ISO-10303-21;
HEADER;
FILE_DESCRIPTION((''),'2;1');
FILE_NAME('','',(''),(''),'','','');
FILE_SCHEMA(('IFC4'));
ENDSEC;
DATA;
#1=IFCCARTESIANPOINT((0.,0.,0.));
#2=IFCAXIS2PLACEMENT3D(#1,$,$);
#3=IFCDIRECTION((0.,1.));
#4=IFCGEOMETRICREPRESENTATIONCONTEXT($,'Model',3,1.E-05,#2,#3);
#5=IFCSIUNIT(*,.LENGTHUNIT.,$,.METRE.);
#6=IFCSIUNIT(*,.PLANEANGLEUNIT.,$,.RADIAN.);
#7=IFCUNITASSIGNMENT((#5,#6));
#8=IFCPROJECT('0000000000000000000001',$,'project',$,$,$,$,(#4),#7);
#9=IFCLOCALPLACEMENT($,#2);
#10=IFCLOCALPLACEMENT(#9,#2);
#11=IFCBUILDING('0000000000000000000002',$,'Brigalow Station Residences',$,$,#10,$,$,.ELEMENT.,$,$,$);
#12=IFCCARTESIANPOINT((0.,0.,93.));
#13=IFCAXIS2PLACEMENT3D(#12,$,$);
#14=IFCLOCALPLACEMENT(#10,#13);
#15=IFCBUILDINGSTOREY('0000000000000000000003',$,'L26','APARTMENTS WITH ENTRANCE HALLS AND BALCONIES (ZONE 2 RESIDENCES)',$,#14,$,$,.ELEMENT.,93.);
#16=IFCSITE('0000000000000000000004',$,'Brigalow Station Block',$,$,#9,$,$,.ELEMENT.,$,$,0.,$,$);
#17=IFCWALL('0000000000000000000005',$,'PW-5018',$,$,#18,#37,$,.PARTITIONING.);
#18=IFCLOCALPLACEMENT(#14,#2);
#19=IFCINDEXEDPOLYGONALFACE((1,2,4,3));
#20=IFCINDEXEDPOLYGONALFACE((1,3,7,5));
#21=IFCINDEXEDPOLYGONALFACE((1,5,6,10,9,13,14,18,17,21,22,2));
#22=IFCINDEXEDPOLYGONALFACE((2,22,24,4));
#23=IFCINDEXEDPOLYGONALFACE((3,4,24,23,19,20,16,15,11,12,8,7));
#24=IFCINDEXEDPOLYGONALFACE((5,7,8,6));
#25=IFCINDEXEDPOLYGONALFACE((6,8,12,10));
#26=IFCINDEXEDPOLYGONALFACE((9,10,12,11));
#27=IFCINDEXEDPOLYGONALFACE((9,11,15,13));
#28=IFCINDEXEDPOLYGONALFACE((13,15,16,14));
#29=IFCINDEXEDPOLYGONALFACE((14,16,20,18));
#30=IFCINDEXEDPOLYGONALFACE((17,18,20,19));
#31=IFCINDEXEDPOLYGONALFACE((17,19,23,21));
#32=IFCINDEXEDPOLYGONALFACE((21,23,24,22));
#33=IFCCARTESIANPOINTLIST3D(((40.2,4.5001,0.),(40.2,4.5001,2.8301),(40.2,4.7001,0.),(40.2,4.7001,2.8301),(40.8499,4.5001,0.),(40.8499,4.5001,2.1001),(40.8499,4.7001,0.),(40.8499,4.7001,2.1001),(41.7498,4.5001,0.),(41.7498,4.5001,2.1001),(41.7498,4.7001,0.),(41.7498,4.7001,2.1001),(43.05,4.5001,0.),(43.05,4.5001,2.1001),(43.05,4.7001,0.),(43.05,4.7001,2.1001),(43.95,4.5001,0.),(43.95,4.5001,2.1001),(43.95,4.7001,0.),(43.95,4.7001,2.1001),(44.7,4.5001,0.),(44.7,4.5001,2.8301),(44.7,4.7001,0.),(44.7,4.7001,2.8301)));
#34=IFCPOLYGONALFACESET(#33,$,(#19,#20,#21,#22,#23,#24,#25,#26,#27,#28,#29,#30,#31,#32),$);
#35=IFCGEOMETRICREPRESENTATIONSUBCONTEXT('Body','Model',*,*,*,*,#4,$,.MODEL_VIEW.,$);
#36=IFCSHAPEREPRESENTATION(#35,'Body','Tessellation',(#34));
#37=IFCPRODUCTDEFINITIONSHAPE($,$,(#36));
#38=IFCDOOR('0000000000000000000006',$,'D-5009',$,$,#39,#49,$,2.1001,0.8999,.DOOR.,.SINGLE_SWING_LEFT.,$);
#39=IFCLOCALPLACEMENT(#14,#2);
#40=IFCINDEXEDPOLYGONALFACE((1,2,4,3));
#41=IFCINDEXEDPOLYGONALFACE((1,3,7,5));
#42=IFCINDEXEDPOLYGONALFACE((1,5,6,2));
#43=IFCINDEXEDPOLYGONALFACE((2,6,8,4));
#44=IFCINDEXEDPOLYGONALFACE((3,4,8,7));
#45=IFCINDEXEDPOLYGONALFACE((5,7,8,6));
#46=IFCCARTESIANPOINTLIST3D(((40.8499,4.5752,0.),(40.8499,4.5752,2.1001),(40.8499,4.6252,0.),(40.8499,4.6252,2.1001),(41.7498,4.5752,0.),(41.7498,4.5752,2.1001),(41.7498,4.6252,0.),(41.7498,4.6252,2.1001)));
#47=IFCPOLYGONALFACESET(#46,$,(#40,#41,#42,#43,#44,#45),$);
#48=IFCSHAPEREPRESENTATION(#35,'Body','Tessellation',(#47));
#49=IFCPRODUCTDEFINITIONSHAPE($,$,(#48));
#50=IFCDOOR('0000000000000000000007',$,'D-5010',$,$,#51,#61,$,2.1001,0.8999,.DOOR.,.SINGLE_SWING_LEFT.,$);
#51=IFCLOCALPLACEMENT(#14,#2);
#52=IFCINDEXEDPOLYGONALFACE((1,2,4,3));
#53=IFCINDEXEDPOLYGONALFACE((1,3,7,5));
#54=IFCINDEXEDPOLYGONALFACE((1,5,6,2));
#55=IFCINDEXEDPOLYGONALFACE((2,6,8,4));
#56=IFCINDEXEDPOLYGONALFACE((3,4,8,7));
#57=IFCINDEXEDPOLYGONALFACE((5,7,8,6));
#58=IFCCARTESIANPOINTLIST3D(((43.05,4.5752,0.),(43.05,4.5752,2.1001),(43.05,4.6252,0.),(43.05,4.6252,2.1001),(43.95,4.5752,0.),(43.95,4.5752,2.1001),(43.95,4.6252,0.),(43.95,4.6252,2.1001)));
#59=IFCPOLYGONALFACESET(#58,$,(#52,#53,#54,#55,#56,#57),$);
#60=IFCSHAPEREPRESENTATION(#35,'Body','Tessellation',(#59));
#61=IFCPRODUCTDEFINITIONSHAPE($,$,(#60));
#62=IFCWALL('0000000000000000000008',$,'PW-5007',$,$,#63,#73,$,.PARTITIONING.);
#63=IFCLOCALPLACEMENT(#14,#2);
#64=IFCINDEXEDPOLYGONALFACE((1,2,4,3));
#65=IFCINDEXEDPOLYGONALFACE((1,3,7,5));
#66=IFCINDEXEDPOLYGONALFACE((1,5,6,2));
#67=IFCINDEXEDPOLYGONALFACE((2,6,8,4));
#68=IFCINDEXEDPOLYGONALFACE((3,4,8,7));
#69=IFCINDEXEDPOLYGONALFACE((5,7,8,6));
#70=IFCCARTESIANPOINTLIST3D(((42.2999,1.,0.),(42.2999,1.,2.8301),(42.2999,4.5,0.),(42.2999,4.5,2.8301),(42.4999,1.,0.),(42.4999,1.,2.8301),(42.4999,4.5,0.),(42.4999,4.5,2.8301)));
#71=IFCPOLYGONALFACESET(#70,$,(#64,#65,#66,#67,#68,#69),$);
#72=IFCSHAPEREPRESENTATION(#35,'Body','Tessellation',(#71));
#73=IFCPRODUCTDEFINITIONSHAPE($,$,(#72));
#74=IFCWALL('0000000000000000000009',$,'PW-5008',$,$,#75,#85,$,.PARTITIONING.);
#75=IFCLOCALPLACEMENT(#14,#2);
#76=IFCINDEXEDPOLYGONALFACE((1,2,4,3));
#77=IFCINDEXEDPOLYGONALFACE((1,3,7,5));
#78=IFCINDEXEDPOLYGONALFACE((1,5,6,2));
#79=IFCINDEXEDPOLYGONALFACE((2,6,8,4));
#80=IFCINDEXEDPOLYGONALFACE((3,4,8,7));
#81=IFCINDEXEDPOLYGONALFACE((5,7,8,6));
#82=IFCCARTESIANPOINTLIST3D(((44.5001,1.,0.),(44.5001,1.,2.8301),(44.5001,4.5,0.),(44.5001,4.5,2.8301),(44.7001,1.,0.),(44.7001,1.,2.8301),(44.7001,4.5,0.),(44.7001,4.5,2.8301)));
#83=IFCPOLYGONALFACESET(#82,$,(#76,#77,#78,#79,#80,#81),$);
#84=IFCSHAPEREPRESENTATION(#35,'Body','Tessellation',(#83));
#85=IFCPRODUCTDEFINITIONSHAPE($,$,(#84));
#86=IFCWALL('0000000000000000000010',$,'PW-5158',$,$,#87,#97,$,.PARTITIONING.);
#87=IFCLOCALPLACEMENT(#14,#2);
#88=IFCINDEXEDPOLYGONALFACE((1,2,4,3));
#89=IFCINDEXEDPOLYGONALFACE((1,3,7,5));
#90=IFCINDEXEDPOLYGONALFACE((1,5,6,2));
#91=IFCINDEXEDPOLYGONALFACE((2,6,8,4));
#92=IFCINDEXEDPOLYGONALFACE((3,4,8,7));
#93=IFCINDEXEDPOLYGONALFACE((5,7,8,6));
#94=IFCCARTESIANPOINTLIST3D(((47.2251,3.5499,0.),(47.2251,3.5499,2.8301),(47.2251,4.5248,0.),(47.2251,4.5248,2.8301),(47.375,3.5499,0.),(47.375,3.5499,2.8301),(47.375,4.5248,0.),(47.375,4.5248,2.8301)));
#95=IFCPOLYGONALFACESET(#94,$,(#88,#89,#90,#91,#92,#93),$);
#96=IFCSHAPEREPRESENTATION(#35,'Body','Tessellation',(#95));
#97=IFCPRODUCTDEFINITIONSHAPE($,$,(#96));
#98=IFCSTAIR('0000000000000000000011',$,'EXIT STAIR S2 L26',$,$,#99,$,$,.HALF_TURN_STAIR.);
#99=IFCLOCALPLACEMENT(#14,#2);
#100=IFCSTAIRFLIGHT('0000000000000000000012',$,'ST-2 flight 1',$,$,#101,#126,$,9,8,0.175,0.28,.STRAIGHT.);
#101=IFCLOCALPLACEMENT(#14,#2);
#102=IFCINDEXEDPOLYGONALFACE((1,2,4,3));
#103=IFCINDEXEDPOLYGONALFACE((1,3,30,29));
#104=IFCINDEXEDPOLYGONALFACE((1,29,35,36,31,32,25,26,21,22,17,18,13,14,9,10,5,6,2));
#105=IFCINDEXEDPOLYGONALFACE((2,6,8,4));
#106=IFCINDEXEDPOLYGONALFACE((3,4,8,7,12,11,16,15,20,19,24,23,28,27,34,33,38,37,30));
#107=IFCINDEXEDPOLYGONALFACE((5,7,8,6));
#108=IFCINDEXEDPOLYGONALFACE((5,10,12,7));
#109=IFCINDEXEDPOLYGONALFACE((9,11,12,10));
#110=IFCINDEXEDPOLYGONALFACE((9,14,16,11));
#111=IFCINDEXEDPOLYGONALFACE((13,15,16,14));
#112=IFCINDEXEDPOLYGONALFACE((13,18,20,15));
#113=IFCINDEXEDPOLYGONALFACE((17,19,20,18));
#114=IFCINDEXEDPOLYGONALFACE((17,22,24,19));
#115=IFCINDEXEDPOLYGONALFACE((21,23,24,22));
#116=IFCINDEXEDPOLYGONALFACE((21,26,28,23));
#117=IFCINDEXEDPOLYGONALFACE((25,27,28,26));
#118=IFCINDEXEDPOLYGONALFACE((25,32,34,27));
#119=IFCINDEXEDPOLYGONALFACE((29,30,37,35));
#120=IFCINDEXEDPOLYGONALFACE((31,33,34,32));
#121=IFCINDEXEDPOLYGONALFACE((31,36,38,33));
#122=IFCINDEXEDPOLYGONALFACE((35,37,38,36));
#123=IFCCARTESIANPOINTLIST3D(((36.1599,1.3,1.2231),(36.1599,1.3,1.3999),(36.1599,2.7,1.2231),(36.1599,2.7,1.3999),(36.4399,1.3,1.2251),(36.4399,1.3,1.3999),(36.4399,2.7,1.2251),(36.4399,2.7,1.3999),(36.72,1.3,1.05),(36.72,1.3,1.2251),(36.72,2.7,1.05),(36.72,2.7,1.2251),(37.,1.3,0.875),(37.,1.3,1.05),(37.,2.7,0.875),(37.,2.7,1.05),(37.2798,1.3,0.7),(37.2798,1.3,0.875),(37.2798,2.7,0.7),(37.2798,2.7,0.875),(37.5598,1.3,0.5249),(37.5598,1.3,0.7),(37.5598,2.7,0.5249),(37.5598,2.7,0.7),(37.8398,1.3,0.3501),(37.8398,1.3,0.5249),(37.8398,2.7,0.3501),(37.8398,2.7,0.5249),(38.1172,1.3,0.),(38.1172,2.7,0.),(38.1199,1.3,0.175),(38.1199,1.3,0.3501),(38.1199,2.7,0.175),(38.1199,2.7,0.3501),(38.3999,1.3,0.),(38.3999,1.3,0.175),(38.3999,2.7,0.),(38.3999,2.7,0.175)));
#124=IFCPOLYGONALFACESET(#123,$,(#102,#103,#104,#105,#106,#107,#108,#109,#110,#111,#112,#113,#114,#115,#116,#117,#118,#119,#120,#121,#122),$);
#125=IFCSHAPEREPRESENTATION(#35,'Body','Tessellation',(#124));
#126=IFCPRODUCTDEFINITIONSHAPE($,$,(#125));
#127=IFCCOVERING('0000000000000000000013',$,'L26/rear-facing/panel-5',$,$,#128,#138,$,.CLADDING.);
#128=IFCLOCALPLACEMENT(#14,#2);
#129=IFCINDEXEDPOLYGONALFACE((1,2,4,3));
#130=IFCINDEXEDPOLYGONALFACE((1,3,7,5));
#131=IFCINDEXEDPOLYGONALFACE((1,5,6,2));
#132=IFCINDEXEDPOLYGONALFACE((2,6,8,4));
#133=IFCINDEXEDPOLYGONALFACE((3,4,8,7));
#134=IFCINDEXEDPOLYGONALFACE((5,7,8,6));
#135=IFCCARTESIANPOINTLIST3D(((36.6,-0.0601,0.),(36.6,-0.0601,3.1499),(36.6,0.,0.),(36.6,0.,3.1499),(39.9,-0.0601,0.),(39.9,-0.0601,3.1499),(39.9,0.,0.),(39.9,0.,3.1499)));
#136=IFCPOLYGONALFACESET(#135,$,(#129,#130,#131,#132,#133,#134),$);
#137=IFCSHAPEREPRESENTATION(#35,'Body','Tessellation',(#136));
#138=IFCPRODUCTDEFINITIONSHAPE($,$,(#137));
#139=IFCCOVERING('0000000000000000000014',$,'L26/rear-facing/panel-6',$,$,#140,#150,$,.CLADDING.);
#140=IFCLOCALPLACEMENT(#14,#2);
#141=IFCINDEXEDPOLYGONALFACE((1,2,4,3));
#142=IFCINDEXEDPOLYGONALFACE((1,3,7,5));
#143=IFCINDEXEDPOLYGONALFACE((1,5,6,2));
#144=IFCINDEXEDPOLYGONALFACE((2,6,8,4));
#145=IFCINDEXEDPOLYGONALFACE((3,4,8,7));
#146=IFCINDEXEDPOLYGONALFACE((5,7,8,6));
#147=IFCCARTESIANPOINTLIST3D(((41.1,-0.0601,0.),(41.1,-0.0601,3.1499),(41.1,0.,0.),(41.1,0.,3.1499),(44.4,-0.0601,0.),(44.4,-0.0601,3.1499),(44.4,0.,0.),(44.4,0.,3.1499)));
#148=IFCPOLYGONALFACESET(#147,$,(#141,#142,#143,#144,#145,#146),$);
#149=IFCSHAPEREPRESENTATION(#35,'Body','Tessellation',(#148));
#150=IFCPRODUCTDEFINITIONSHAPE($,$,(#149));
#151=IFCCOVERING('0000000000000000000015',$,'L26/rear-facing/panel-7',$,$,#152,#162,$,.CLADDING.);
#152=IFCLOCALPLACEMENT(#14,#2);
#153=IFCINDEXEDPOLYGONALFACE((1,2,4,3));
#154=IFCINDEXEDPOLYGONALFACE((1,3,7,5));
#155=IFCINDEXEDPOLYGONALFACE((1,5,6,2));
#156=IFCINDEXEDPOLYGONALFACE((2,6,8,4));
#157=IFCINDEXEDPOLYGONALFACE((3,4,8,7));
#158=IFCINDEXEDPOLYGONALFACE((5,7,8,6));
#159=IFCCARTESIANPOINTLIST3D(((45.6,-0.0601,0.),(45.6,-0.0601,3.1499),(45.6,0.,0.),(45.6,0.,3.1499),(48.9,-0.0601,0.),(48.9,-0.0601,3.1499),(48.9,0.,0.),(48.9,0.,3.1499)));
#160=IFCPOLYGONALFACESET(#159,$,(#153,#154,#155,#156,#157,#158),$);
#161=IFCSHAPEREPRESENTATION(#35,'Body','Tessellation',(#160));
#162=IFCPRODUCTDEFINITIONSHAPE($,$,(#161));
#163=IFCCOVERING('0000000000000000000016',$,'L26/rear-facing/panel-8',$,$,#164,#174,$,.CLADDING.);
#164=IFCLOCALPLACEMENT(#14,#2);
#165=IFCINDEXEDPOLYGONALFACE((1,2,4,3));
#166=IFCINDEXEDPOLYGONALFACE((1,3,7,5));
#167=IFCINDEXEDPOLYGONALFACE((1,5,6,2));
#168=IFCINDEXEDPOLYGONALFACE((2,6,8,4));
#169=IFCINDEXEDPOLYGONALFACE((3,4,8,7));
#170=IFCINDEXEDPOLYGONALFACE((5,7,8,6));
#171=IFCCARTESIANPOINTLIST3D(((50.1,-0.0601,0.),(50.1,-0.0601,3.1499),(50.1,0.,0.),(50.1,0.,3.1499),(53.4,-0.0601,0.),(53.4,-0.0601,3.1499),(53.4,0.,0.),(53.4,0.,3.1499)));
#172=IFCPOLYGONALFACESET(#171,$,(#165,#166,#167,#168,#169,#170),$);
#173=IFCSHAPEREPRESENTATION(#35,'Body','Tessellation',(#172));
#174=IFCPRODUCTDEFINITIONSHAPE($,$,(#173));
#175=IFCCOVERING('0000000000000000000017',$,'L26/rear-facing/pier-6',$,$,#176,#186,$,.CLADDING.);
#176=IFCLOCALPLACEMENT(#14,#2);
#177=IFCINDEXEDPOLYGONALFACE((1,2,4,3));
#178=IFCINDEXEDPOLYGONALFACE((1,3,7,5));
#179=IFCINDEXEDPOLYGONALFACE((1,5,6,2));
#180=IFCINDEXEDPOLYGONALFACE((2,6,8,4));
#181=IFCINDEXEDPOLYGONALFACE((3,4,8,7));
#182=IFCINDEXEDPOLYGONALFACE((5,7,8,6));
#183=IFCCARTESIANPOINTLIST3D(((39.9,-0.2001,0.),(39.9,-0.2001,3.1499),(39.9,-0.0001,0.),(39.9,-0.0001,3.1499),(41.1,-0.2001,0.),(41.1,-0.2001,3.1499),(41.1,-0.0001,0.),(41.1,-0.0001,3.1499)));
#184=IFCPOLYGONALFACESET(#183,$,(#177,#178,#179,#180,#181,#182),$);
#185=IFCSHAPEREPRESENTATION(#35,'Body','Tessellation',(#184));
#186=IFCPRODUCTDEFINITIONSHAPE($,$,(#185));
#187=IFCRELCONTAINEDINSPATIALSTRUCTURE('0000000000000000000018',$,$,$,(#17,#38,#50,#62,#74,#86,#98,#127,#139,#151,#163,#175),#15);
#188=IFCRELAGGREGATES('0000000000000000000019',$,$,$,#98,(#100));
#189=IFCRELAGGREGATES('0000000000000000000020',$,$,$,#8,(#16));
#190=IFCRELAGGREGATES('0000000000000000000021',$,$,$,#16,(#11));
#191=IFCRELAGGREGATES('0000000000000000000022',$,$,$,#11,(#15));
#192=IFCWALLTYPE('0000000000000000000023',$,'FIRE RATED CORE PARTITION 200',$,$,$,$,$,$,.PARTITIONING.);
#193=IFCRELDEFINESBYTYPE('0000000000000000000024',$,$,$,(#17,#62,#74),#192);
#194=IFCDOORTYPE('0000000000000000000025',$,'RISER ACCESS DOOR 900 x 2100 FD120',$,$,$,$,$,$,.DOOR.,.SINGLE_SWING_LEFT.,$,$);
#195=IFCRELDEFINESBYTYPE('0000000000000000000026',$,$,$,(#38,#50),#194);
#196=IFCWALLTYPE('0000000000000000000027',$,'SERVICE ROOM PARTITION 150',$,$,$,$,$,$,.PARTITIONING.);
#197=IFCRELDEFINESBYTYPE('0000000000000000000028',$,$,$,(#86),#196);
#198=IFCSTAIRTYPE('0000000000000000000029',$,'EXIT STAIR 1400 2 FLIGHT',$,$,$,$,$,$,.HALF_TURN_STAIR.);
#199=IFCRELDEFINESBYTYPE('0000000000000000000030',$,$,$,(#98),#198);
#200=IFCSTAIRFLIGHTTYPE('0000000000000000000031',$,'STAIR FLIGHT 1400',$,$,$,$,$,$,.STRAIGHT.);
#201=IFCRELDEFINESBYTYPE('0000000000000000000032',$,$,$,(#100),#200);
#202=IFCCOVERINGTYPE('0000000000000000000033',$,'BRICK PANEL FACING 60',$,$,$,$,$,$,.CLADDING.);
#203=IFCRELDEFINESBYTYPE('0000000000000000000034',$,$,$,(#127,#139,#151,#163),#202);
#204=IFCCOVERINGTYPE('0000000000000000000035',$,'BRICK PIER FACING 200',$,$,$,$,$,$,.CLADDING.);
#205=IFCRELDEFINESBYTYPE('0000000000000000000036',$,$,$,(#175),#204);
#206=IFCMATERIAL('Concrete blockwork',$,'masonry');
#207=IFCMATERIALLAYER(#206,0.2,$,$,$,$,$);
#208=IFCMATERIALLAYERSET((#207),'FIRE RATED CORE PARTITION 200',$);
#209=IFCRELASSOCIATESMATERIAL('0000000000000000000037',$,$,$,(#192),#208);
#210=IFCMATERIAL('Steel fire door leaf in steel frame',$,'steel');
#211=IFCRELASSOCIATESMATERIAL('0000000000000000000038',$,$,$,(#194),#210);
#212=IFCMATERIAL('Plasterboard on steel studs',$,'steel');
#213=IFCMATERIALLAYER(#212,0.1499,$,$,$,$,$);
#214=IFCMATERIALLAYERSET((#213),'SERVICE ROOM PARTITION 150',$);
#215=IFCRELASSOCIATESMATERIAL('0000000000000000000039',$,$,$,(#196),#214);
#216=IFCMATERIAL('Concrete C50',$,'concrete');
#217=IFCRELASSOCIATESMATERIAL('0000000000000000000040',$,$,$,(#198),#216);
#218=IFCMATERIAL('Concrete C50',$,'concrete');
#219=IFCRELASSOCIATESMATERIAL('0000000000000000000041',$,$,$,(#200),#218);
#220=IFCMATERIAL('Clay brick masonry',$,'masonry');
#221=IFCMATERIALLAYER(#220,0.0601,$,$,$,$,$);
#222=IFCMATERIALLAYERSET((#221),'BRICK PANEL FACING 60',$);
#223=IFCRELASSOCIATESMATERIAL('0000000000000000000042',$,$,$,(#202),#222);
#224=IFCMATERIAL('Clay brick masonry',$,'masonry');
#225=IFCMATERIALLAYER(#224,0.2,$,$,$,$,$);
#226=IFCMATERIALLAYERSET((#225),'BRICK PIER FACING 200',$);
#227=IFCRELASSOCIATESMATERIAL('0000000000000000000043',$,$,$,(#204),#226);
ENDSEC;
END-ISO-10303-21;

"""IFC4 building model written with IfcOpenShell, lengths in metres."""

from ifc_helpers import new_model, si_unit, direction, frame, frame_2d, origin, origin_2d, place, context, subcontext, project, spatial, polyline, rectangle, outline, extrude, material, layer, layer_set, type_object, element, fill, aggregate, save


model = new_model("IFC4")

# Units and contexts
model_context = context("Model", 3, precision=1e-05, world=origin(), true_north=direction((0.0, 1.0)))
body_context = subcontext(model_context, "Body", "Model", "MODEL_VIEW")
ifc_project = project(units=[si_unit("LENGTHUNIT", "METRE"), si_unit("PLANEANGLEUNIT", "RADIAN")], contexts=[model_context])

# Site, building, storey
site_placement = place(None, origin())
site = spatial("IfcSite", under=ifc_project, at=site_placement, Name="Brigalow Station Block", CompositionType="ELEMENT", RefElevation=0.0)
building_placement = place(site_placement, origin())
building = spatial("IfcBuilding", under=site, at=building_placement, Name="Brigalow Station Residences", CompositionType="ELEMENT")
storey_placement = place(building_placement, frame((0.0, 0.0, 93.0)))
storey = spatial("IfcBuildingStorey", under=building, at=storey_placement, Name="L26", Description="APARTMENTS WITH ENTRANCE HALLS AND BALCONIES (ZONE 2 RESIDENCES)", CompositionType="ELEMENT", Elevation=93.0)

# Wall, openings, doors
ifc_material_1 = material(Name="Concrete blockwork", Category="masonry")
ifc_layer_1 = layer(ifc_material_1, 0.2)
ifc_layer_set_1 = layer_set([ifc_layer_1], Name="FIRE RATED CORE PARTITION 200")
wall_type_1 = type_object("IfcWallType", Name="FIRE RATED CORE PARTITION 200", PredefinedType="PARTITIONING", material=ifc_layer_set_1)
wall_1_placement = place(storey_placement, frame((40.2, 4.6001, 0.0), z_axis=(0.0, 0.0, 1.0), x_axis=(1.0, 0.0, 0.0)))
wall_1 = element("IfcWall", 1, at=wall_1_placement, inside=storey, type_object=wall_type_1, Name="PW-5018", PredefinedType="PARTITIONING", context=body_context, shape_type="SweptSolid", body=[
    extrude(rectangle(XDim=4.5, YDim=0.2, at=frame_2d((2.25, 0.0))), origin(), (0.0, 0.0, 1.0), 2.8301),
])
opening_1_placement = place(wall_1_placement, frame((0.6499, 0.0, 0.0)))
opening_1 = element("IfcOpeningElement", 2, at=opening_1_placement, cuts=wall_1, PredefinedType="OPENING", context=body_context, shape_type="SweptSolid", body=[
    extrude(rectangle(XDim=0.8999, YDim=2.1001, at=frame_2d((0.45, 1.05))), frame((0.0, 0.1099, 0.0), z_axis=(0.0, -1.0, 0.0), x_axis=(1.0, 0.0, 0.0)), (0.0, 0.0, 1.0), 0.22),
])
opening_2_placement = place(wall_1_placement, frame((2.8501, 0.0, 0.0)))
opening_2 = element("IfcOpeningElement", 3, at=opening_2_placement, cuts=wall_1, PredefinedType="OPENING", context=body_context, shape_type="SweptSolid", body=[
    extrude(rectangle(XDim=0.8999, YDim=2.1001, at=frame_2d((0.45, 1.05))), frame((0.0, 0.1099, 0.0), z_axis=(0.0, -1.0, 0.0), x_axis=(1.0, 0.0, 0.0)), (0.0, 0.0, 1.0), 0.22),
])
ifc_material_2 = material(Name="Steel fire door leaf in steel frame", Category="steel")
door_type_1 = type_object("IfcDoorType", Name="RISER ACCESS DOOR 900 x 2100 FD120", OperationType="SINGLE_SWING_LEFT", PredefinedType="DOOR", material=ifc_material_2)
door_1_placement = place(opening_1_placement, frame((0.8999, 0.0, 0.0), z_axis=(0.0, 0.0, 1.0), x_axis=(-1.0, 0.0, 0.0)))
door_1 = element("IfcDoor", 4, at=door_1_placement, inside=storey, type_object=door_type_1, Name="D-5009", OperationType="SINGLE_SWING_LEFT", OverallHeight=2.1001, OverallWidth=0.8999, PredefinedType="DOOR", context=body_context, shape_type="SweptSolid", body=[
    extrude(rectangle(XDim=0.8999, YDim=2.1001, at=frame_2d((0.45, 1.05))), frame((0.0, 0.0249, 0.0), z_axis=(0.0, -1.0, 0.0), x_axis=(1.0, 0.0, 0.0)), (0.0, 0.0, 1.0), 0.05),
])
fill(opening_1, door_1)
door_2_placement = place(opening_2_placement, frame((0.8999, 0.0, 0.0), z_axis=(0.0, 0.0, 1.0), x_axis=(-1.0, 0.0, 0.0)))
door_2 = element("IfcDoor", 5, at=door_2_placement, inside=storey, type_object=door_type_1, Name="D-5010", OperationType="SINGLE_SWING_LEFT", OverallHeight=2.1001, OverallWidth=0.8999, PredefinedType="DOOR", context=body_context, shape_type="SweptSolid", body=[
    extrude(rectangle(XDim=0.8999, YDim=2.1001, at=frame_2d((0.45, 1.05))), frame((0.0, 0.0249, 0.0), z_axis=(0.0, -1.0, 0.0), x_axis=(1.0, 0.0, 0.0)), (0.0, 0.0, 1.0), 0.05),
])
fill(opening_2, door_2)

# Walls
for number, where, z_axis, x_axis, name in (
    (6, (42.3999, 1.0, 0.0), (0.0, 0.0, 1.0), (0.0, 1.0, 0.0), "PW-5007"),
    (7, (44.6001, 1.0, 0.0), (0.0, 0.0, 1.0), (0.0, 1.0, 0.0), "PW-5008"),
):
    element("IfcWall", number, at=place(storey_placement, frame(where, z_axis=z_axis, x_axis=x_axis)), inside=storey, type_object=wall_type_1, Name=name, PredefinedType="PARTITIONING", context=body_context, shape_type="SweptSolid", body=[
        extrude(rectangle(XDim=3.5, YDim=0.2, at=frame_2d((1.75, 0.0))), origin(), (0.0, 0.0, 1.0), 2.8301),
    ])
ifc_material_3 = material(Name="Plasterboard on steel studs", Category="steel")
ifc_layer_2 = layer(ifc_material_3, 0.1499)
ifc_layer_set_2 = layer_set([ifc_layer_2], Name="SERVICE ROOM PARTITION 150")
wall_type_2 = type_object("IfcWallType", Name="SERVICE ROOM PARTITION 150", PredefinedType="PARTITIONING", material=ifc_layer_set_2)
wall_2_placement = place(storey_placement, frame((47.3, 3.55, 0.0), z_axis=(0.0, 0.0, 1.0), x_axis=(0.0, 1.0, 0.0)))
element("IfcWall", 8, at=wall_2_placement, inside=storey, type_object=wall_type_2, Name="PW-5158", PredefinedType="PARTITIONING", context=body_context, shape_type="SweptSolid", body=[
    extrude(rectangle(XDim=0.9749, YDim=0.1499, at=frame_2d((0.4873, 0.0))), origin(), (0.0, 0.0, 1.0), 2.8301),
])

# Stair, stair flight
ifc_material_4 = material(Name="Concrete C50", Category="concrete")
stair_type = type_object("IfcStairType", Name="EXIT STAIR 1400 2 FLIGHT", PredefinedType="HALF_TURN_STAIR", material=ifc_material_4)
stair_placement = place(storey_placement, origin())
stair = element("IfcStair", 9, at=stair_placement, inside=storey, type_object=stair_type, Name="EXIT STAIR S2 L26", PredefinedType="HALF_TURN_STAIR")
ifc_material_5 = material(Name="Concrete C50", Category="concrete")
stair_flight_type = type_object("IfcStairFlightType", Name="STAIR FLIGHT 1400", PredefinedType="STRAIGHT", material=ifc_material_5)
stair_flight_placement = place(storey_placement, frame((38.3999, 2.0, 0.0), z_axis=(0.0, 0.0, 1.0), x_axis=(-1.0, 0.0, 0.0)))
stair_flight = element("IfcStairFlight", 10, at=stair_flight_placement, type_object=stair_flight_type, Name="ST-2 flight 1", NumberOfRisers=9, NumberOfTreads=8, PredefinedType="STRAIGHT", RiserHeight=0.175, TreadLength=0.28, context=body_context, shape_type="SweptSolid", body=[
    extrude(outline(polyline([(0.0, 0.0), (0.0, 0.175), (0.28, 0.175), (0.28, 0.3501), (0.5601, 0.3501), (0.5601, 0.5249), (0.8401, 0.5249), (0.8401, 0.7), (1.1201, 0.7), (1.1201, 0.875), (1.3999, 0.875), (1.3999, 1.05), (1.6799, 1.05), (1.6799, 1.2251), (1.96, 1.2251), (1.96, 1.3999), (2.24, 1.3999), (2.24, 1.575), (2.24, 1.2231), (0.2827, 0.0), (0.0, 0.0)])), frame((0.0, 0.7, 0.0), z_axis=(0.0, -1.0, 0.0), x_axis=(1.0, 0.0, 0.0)), (0.0, 0.0, 1.0), 1.3999),
])
aggregate(stair, [stair_flight])

# Coverings
ifc_material_6 = material(Name="Clay brick masonry", Category="masonry")
ifc_layer_3 = layer(ifc_material_6, 0.0601)
ifc_layer_set_3 = layer_set([ifc_layer_3], Name="BRICK PANEL FACING 60")
covering_type_1 = type_object("IfcCoveringType", Name="BRICK PANEL FACING 60", PredefinedType="CLADDING", material=ifc_layer_set_3)
for number, where, z_axis, x_axis, name in (
    (11, (38.25, -0.03, 0.0), (0.0, 0.0, 1.0), (1.0, 0.0, 0.0), "L26/rear-facing/panel-5"),
    (12, (42.75, -0.03, 0.0), (0.0, 0.0, 1.0), (1.0, 0.0, 0.0), "L26/rear-facing/panel-6"),
    (13, (47.25, -0.03, 0.0), (0.0, 0.0, 1.0), (1.0, 0.0, 0.0), "L26/rear-facing/panel-7"),
    (14, (51.75, -0.03, 0.0), (0.0, 0.0, 1.0), (1.0, 0.0, 0.0), "L26/rear-facing/panel-8"),
):
    element("IfcCovering", number, at=place(storey_placement, frame(where, z_axis=z_axis, x_axis=x_axis)), inside=storey, type_object=covering_type_1, Name=name, PredefinedType="CLADDING", context=body_context, shape_type="SweptSolid", body=[
        extrude(rectangle(XDim=3.3, YDim=0.0601, at=origin_2d()), origin(), (0.0, 0.0, 1.0), 3.1499),
    ])
ifc_material_7 = material(Name="Clay brick masonry", Category="masonry")
ifc_layer_4 = layer(ifc_material_7, 0.2)
ifc_layer_set_4 = layer_set([ifc_layer_4], Name="BRICK PIER FACING 200")
covering_type_2 = type_object("IfcCoveringType", Name="BRICK PIER FACING 200", PredefinedType="CLADDING", material=ifc_layer_set_4)
for number, where, z_axis, x_axis, name in (
    (15, (40.5, -0.1001, 0.0), (0.0, 0.0, 1.0), (1.0, 0.0, 0.0), "L26/rear-facing/pier-6"),
):
    element("IfcCovering", number, at=place(storey_placement, frame(where, z_axis=z_axis, x_axis=x_axis)), inside=storey, type_object=covering_type_2, Name=name, PredefinedType="CLADDING", context=body_context, shape_type="SweptSolid", body=[
        extrude(rectangle(XDim=1.2, YDim=0.2, at=origin_2d()), origin(), (0.0, 0.0, 1.0), 3.1499),
    ])

save(model, "model.ifc")
